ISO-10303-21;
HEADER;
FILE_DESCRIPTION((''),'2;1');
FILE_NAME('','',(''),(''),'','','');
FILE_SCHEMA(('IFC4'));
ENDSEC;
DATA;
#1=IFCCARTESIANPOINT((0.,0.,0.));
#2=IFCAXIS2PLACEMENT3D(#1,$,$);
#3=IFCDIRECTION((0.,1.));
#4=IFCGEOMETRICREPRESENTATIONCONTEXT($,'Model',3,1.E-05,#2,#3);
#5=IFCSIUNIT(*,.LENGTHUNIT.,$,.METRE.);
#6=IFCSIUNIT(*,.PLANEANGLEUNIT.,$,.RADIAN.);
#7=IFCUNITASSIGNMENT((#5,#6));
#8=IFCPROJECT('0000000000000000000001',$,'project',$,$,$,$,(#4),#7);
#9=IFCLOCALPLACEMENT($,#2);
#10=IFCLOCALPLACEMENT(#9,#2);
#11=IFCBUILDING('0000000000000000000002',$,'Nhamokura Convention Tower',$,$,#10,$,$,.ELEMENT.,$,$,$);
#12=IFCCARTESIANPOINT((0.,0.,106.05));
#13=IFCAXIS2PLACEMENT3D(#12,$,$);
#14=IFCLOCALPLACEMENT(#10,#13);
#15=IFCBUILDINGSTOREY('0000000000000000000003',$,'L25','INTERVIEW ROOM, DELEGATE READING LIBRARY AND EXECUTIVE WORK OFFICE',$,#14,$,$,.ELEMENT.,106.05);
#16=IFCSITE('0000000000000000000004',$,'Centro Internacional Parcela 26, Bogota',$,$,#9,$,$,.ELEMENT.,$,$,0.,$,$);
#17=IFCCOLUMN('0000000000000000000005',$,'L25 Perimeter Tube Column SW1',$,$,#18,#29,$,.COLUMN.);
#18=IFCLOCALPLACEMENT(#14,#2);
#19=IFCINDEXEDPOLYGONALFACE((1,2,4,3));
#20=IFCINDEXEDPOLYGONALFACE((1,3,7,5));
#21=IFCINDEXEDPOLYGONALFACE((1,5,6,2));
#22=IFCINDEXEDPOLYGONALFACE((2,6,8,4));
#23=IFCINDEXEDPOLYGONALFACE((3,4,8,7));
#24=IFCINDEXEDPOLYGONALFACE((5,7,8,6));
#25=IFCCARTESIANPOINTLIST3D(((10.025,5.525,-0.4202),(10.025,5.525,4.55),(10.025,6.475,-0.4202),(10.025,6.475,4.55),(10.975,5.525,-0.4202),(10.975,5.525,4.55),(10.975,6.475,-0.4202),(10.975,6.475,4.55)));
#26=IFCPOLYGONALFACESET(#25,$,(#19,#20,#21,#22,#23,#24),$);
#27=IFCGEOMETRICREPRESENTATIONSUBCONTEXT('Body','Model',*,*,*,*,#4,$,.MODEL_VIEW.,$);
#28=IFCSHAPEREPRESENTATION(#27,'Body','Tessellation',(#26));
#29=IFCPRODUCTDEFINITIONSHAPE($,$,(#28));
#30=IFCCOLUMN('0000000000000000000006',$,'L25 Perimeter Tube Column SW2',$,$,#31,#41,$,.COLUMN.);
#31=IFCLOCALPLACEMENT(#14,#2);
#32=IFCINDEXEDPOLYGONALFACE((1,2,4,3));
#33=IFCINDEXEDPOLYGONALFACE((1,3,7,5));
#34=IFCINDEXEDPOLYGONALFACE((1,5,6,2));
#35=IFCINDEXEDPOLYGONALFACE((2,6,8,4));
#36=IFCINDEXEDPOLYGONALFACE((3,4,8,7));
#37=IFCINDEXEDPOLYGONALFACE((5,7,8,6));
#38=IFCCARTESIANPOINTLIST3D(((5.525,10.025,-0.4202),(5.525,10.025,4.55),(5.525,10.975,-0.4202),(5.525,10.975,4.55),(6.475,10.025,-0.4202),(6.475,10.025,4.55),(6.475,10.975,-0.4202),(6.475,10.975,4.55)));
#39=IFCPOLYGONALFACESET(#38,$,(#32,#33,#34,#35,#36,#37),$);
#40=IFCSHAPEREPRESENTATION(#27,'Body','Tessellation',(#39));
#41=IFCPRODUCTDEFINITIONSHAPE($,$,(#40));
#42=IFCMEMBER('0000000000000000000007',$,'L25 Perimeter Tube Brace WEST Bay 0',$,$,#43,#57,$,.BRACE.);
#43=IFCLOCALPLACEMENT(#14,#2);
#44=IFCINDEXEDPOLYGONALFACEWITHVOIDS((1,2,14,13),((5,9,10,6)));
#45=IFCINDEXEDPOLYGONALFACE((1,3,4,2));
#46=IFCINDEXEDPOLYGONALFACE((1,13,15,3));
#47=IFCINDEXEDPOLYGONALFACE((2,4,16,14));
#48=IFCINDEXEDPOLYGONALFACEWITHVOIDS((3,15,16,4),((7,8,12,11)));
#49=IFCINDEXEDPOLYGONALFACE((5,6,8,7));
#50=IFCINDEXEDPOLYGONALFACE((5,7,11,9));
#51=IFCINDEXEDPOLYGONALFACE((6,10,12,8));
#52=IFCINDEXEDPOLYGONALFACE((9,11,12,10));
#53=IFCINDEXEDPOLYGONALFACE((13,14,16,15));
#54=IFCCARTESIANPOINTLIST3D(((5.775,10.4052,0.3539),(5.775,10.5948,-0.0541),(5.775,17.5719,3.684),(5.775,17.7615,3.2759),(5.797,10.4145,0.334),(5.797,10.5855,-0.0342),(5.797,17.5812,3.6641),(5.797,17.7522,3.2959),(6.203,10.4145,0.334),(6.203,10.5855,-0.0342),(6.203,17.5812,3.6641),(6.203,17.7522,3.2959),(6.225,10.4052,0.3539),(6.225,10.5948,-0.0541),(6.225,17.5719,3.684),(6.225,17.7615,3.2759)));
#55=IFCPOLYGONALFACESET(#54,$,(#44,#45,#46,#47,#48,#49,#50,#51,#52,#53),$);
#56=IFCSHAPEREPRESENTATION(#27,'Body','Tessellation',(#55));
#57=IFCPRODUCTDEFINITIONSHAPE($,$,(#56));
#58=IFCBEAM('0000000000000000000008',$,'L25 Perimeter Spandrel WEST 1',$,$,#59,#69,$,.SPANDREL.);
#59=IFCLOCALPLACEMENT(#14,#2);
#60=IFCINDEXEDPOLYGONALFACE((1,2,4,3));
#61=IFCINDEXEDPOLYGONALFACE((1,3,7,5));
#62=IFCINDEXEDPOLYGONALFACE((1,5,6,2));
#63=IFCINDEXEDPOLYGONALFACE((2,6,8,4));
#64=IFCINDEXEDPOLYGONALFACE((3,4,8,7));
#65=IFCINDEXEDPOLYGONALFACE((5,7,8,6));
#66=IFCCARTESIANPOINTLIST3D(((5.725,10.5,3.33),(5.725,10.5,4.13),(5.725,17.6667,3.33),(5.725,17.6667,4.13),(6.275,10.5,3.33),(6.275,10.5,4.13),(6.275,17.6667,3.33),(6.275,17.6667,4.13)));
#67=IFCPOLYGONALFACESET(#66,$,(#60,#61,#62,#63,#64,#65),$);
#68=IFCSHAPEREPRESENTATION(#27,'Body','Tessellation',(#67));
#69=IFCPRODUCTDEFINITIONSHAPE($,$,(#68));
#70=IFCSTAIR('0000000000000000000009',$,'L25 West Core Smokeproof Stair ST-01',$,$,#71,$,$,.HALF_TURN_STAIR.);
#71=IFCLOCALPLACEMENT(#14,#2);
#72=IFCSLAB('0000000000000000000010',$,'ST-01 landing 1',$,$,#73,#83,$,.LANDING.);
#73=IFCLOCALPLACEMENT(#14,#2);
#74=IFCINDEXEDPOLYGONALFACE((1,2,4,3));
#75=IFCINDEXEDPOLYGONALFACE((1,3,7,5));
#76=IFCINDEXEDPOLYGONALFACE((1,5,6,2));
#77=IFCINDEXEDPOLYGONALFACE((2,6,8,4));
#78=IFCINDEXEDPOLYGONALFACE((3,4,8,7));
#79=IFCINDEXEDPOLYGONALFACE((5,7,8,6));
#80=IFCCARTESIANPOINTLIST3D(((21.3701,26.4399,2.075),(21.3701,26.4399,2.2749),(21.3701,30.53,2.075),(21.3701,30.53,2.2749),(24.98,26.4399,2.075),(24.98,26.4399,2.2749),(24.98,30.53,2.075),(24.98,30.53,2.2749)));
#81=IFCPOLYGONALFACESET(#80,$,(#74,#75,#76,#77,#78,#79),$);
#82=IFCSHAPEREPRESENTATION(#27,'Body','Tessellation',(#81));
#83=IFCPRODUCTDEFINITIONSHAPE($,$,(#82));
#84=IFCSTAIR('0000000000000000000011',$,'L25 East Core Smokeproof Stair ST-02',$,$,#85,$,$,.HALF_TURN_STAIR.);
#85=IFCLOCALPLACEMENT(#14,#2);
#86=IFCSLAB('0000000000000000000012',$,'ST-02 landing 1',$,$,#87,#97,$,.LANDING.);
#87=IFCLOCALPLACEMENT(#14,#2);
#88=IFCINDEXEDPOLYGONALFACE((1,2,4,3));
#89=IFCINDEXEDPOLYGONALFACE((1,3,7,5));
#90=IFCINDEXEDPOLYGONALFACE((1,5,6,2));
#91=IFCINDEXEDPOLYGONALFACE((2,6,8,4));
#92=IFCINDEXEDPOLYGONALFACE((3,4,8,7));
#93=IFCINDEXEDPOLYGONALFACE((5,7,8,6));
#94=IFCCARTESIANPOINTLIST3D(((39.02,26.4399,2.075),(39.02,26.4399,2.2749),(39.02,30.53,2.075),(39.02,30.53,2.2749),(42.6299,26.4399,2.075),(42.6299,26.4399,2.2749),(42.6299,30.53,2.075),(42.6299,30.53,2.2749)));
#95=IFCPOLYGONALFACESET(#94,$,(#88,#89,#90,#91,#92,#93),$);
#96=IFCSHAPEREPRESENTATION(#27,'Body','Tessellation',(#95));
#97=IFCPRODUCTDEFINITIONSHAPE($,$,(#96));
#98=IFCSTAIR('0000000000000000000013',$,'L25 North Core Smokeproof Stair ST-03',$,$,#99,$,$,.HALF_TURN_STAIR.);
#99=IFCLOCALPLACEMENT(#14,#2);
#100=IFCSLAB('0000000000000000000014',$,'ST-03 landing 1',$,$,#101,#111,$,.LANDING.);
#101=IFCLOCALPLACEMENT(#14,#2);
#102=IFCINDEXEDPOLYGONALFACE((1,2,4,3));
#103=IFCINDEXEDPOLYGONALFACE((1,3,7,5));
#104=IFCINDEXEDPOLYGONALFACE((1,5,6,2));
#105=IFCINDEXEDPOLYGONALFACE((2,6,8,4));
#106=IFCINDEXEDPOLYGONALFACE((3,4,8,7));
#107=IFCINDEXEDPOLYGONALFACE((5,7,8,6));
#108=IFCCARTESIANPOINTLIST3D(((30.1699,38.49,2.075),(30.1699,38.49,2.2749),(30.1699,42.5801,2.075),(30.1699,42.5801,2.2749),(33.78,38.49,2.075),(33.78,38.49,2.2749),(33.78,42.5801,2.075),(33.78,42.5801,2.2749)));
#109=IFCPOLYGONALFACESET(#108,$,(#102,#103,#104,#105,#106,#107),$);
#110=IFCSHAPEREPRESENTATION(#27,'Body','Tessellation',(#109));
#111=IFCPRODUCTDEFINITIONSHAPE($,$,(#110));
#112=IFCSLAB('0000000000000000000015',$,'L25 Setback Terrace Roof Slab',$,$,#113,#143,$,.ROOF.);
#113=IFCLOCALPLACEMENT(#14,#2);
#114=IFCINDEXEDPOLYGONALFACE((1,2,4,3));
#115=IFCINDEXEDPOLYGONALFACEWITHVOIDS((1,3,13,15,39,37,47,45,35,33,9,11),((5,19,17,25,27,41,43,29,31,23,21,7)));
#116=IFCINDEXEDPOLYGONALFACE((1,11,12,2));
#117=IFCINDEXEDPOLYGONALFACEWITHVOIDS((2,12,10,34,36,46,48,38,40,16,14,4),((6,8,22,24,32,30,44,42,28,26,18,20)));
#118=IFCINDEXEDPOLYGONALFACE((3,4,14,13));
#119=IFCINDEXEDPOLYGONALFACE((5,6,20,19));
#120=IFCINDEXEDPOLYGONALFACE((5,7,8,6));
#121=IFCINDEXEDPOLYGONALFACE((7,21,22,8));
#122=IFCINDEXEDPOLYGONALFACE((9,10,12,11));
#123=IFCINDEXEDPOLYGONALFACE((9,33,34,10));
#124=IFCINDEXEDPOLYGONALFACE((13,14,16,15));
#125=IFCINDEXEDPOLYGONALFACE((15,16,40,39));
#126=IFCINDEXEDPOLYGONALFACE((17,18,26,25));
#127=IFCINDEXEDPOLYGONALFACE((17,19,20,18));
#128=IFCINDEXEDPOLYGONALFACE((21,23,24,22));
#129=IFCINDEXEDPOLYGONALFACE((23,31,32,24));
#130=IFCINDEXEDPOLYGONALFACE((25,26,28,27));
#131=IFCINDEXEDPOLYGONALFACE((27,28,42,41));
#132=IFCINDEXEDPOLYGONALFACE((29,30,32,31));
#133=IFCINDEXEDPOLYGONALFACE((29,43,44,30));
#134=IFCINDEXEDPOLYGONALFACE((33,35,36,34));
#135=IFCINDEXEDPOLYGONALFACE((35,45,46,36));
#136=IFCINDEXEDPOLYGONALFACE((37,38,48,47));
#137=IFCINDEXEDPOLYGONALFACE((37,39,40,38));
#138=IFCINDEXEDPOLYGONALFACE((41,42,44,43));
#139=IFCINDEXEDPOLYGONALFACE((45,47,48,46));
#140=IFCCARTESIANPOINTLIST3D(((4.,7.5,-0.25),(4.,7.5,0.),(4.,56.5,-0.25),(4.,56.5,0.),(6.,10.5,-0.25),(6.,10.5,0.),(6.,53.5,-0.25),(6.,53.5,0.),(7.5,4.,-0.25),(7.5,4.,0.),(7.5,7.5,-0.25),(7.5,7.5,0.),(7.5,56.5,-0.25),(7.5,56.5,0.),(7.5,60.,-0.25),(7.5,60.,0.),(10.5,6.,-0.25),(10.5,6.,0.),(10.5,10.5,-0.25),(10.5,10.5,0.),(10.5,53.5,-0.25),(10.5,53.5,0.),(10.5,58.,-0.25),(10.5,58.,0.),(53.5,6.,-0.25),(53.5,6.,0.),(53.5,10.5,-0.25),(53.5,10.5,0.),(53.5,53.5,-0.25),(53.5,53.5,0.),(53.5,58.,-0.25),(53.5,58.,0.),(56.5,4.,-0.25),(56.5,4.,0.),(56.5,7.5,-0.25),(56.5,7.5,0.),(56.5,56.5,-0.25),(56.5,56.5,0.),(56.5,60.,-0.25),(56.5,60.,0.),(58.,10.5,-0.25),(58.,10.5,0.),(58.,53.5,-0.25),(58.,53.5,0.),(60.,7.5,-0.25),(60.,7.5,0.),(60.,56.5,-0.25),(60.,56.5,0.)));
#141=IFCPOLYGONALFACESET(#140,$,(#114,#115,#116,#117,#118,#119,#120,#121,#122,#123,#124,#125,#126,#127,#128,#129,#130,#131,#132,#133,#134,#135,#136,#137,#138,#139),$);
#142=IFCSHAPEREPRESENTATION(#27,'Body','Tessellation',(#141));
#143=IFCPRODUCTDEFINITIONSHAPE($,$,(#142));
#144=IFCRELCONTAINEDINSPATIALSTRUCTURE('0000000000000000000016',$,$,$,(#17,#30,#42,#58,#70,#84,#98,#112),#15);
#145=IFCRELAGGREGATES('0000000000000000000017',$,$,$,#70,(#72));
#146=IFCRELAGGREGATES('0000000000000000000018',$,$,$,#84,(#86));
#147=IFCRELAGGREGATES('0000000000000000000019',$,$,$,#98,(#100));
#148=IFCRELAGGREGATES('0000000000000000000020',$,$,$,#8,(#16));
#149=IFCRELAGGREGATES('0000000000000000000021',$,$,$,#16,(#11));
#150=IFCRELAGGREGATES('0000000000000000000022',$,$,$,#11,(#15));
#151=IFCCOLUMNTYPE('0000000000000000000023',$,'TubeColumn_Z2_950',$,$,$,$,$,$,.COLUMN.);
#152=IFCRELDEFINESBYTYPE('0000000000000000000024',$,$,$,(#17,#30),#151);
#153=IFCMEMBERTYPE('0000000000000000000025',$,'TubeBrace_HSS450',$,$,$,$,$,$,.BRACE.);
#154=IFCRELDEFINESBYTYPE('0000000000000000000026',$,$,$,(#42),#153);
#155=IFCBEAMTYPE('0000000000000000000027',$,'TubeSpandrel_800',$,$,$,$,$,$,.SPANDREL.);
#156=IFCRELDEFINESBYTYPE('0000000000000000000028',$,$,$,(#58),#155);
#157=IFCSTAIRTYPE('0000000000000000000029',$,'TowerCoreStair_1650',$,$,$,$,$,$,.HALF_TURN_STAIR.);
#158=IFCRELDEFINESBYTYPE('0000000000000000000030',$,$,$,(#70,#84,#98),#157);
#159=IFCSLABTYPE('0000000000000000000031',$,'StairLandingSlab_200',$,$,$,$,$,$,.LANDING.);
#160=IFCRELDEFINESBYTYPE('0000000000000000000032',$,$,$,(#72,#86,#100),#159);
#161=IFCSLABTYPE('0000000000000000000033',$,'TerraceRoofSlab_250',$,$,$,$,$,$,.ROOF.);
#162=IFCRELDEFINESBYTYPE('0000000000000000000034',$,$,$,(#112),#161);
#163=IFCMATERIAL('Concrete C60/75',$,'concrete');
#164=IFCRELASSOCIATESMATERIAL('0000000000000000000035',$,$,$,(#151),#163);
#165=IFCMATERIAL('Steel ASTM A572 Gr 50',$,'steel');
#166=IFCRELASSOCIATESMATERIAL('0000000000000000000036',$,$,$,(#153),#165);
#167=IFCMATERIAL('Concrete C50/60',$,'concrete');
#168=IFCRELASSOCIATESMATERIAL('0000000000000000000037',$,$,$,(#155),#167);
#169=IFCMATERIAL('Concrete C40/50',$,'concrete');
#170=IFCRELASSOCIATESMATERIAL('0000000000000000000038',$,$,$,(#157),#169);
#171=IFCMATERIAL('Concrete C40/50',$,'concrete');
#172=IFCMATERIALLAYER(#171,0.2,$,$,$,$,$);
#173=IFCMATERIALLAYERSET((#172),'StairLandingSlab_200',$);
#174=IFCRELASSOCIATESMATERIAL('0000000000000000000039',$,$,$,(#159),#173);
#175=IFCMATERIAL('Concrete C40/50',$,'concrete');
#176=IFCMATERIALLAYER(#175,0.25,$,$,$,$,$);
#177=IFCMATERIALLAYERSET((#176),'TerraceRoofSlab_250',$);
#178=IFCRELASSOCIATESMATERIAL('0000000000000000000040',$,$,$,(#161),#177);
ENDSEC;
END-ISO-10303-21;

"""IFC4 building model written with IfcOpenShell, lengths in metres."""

from ifc_helpers import new_model, si_unit, direction, frame, origin, origin_2d, place, context, subcontext, project, spatial, polyline, rectangle, hollow_rectangle, outline, extrude, material, layer, layer_set, material_profile, profile_set, type_object, element, aggregate, save


model = new_model("IFC4")

# Units and contexts
model_context = context("Model", 3, precision=1e-05, world=origin(), true_north=direction((0.0, 1.0)))
body_context = subcontext(model_context, "Body", "Model", "MODEL_VIEW")
ifc_project = project(units=[si_unit("LENGTHUNIT", "METRE"), si_unit("PLANEANGLEUNIT", "RADIAN")], contexts=[model_context])

# Site, building, storey
site_placement = place(None, origin())
site = spatial("IfcSite", under=ifc_project, at=site_placement, Name="Centro Internacional Parcela 26, Bogota", CompositionType="ELEMENT", RefElevation=0.0)
building_placement = place(site_placement, origin())
building = spatial("IfcBuilding", under=site, at=building_placement, Name="Nhamokura Convention Tower", CompositionType="ELEMENT")
storey_placement = place(building_placement, frame((0.0, 0.0, 106.05)))
storey = spatial("IfcBuildingStorey", under=building, at=storey_placement, Name="L25", Description="INTERVIEW ROOM, DELEGATE READING LIBRARY AND EXECUTIVE WORK OFFICE", CompositionType="ELEMENT", Elevation=106.05)

# Columns
ifc_material_1 = material(Name="Concrete C60/75", Category="concrete")
ifc_material_profile_1 = material_profile(ifc_material_1, rectangle(XDim=0.95, YDim=0.95, at=origin_2d()))
ifc_profile_set_1 = profile_set([ifc_material_profile_1], Name="Concrete C60/75")
column_type = type_object("IfcColumnType", Name="TubeColumn_Z2_950", PredefinedType="COLUMN", material=ifc_profile_set_1)
for number, where, z_axis, x_axis, name in (
    (1, (10.5, 6.0, -0.4202), (0.0, 0.0, 1.0), (1.0, 0.0, 0.0), "L25 Perimeter Tube Column SW1"),
    (2, (6.0, 10.5, -0.4202), (0.0, 0.0, 1.0), (1.0, 0.0, 0.0), "L25 Perimeter Tube Column SW2"),
):
    element("IfcColumn", number, at=place(storey_placement, frame(where, z_axis=z_axis, x_axis=x_axis)), inside=storey, type_object=column_type, Name=name, PredefinedType="COLUMN", context=body_context, shape_type="SweptSolid", body=[
        extrude(rectangle(XDim=0.95, YDim=0.95, at=origin_2d()), origin(), (0.0, 0.0, 1.0), 4.9702),
    ])

# Member
ifc_material_2 = material(Name="Steel ASTM A572 Gr 50", Category="steel")
ifc_material_profile_2 = material_profile(ifc_material_2, hollow_rectangle(XDim=0.45, YDim=0.45, WallThickness=0.022, at=origin_2d()))
ifc_profile_set_2 = profile_set([ifc_material_profile_2], Name="Steel ASTM A572 Gr 50")
member_type = type_object("IfcMemberType", Name="TubeBrace_HSS450", PredefinedType="BRACE", material=ifc_profile_set_2)
member_placement = place(storey_placement, frame((6.0, 10.5, 0.1499), z_axis=(0.0, 0.90688, 0.421388), x_axis=(-1.0, 0.0, 0.0)))
element("IfcMember", 3, at=member_placement, inside=storey, type_object=member_type, Name="L25 Perimeter Tube Brace WEST Bay 0", PredefinedType="BRACE", context=body_context, shape_type="SweptSolid", body=[
    extrude(hollow_rectangle(XDim=0.45, YDim=0.45, WallThickness=0.022, at=origin_2d()), origin(), (0.0, 0.0, 1.0), 7.9026),
])

# Beam
ifc_material_3 = material(Name="Concrete C50/60", Category="concrete")
ifc_material_profile_3 = material_profile(ifc_material_3, rectangle(XDim=0.55, YDim=0.8, at=origin_2d()))
ifc_profile_set_3 = profile_set([ifc_material_profile_3], Name="Concrete C50/60")
beam_type = type_object("IfcBeamType", Name="TubeSpandrel_800", PredefinedType="SPANDREL", material=ifc_profile_set_3)
beam_placement = place(storey_placement, frame((6.0, 10.5, 3.73), z_axis=(0.0, 1.0, 0.0), x_axis=(-1.0, 0.0, 0.0)))
element("IfcBeam", 4, at=beam_placement, inside=storey, type_object=beam_type, Name="L25 Perimeter Spandrel WEST 1", PredefinedType="SPANDREL", context=body_context, shape_type="SweptSolid", body=[
    extrude(rectangle(XDim=0.55, YDim=0.8, at=origin_2d()), origin(), (0.0, 0.0, 1.0), 7.1667),
])

# Stairs, slabs
ifc_material_4 = material(Name="Concrete C40/50", Category="concrete")
stair_type = type_object("IfcStairType", Name="TowerCoreStair_1650", PredefinedType="HALF_TURN_STAIR", material=ifc_material_4)
stair_1_placement = place(storey_placement, origin())
stair_1 = element("IfcStair", 5, at=stair_1_placement, inside=storey, type_object=stair_type, Name="L25 West Core Smokeproof Stair ST-01", PredefinedType="HALF_TURN_STAIR")
ifc_material_5 = material(Name="Concrete C40/50", Category="concrete")
ifc_layer_1 = layer(ifc_material_5, 0.2)
ifc_layer_set_1 = layer_set([ifc_layer_1], Name="StairLandingSlab_200")
slab_type_1 = type_object("IfcSlabType", Name="StairLandingSlab_200", PredefinedType="LANDING", material=ifc_layer_set_1)
slab_1_placement = place(storey_placement, frame((0.0, 0.0, 2.075)))
slab_1 = element("IfcSlab", 6, at=slab_1_placement, type_object=slab_type_1, Name="ST-01 landing 1", PredefinedType="LANDING", context=body_context, shape_type="SweptSolid", body=[
    extrude(outline(polyline([(24.98, 26.4399), (24.98, 30.53), (21.3701, 30.53), (21.3701, 26.4399), (24.98, 26.4399)])), origin(), (0.0, 0.0, 1.0), 0.2),
])
aggregate(stair_1, [slab_1])
stair_2_placement = place(storey_placement, origin())
stair_2 = element("IfcStair", 7, at=stair_2_placement, inside=storey, type_object=stair_type, Name="L25 East Core Smokeproof Stair ST-02", PredefinedType="HALF_TURN_STAIR")
slab_2_placement = place(storey_placement, frame((0.0, 0.0, 2.075)))
slab_2 = element("IfcSlab", 8, at=slab_2_placement, type_object=slab_type_1, Name="ST-02 landing 1", PredefinedType="LANDING", context=body_context, shape_type="SweptSolid", body=[
    extrude(outline(polyline([(42.6299, 26.4399), (42.6299, 30.53), (39.02, 30.53), (39.02, 26.4399), (42.6299, 26.4399)])), origin(), (0.0, 0.0, 1.0), 0.2),
])
aggregate(stair_2, [slab_2])
stair_3_placement = place(storey_placement, origin())
stair_3 = element("IfcStair", 9, at=stair_3_placement, inside=storey, type_object=stair_type, Name="L25 North Core Smokeproof Stair ST-03", PredefinedType="HALF_TURN_STAIR")
slab_3_placement = place(storey_placement, frame((0.0, 0.0, 2.075)))
slab_3 = element("IfcSlab", 10, at=slab_3_placement, type_object=slab_type_1, Name="ST-03 landing 1", PredefinedType="LANDING", context=body_context, shape_type="SweptSolid", body=[
    extrude(outline(polyline([(33.78, 38.49), (33.78, 42.5801), (30.1699, 42.5801), (30.1699, 38.49), (33.78, 38.49)])), origin(), (0.0, 0.0, 1.0), 0.2),
])
aggregate(stair_3, [slab_3])

# Slab
ifc_material_6 = material(Name="Concrete C40/50", Category="concrete")
ifc_layer_2 = layer(ifc_material_6, 0.25)
ifc_layer_set_2 = layer_set([ifc_layer_2], Name="TerraceRoofSlab_250")
slab_type_2 = type_object("IfcSlabType", Name="TerraceRoofSlab_250", PredefinedType="ROOF", material=ifc_layer_set_2)
slab_4_placement = place(storey_placement, frame((0.0, 0.0, -0.25)))
element("IfcSlab", 11, at=slab_4_placement, inside=storey, type_object=slab_type_2, Name="L25 Setback Terrace Roof Slab", PredefinedType="ROOF", context=body_context, shape_type="SweptSolid", body=[
    extrude(outline(polyline([(7.5, 4.0), (56.5, 4.0), (56.5, 7.5), (60.0, 7.5), (60.0, 56.5), (56.5, 56.5), (56.5, 60.0), (7.5, 60.0), (7.5, 56.5), (4.0, 56.5), (4.0, 7.5), (7.5, 7.5), (7.5, 4.0)]), holes=[polyline([(10.5, 6.0), (53.5, 6.0), (53.5, 10.5), (58.0, 10.5), (58.0, 53.5), (53.5, 53.5), (53.5, 58.0), (10.5, 58.0), (10.5, 53.5), (6.0, 53.5), (6.0, 10.5), (10.5, 10.5), (10.5, 6.0)])]), origin(), (0.0, 0.0, 1.0), 0.25),
])

save(model, "model.ifc")
